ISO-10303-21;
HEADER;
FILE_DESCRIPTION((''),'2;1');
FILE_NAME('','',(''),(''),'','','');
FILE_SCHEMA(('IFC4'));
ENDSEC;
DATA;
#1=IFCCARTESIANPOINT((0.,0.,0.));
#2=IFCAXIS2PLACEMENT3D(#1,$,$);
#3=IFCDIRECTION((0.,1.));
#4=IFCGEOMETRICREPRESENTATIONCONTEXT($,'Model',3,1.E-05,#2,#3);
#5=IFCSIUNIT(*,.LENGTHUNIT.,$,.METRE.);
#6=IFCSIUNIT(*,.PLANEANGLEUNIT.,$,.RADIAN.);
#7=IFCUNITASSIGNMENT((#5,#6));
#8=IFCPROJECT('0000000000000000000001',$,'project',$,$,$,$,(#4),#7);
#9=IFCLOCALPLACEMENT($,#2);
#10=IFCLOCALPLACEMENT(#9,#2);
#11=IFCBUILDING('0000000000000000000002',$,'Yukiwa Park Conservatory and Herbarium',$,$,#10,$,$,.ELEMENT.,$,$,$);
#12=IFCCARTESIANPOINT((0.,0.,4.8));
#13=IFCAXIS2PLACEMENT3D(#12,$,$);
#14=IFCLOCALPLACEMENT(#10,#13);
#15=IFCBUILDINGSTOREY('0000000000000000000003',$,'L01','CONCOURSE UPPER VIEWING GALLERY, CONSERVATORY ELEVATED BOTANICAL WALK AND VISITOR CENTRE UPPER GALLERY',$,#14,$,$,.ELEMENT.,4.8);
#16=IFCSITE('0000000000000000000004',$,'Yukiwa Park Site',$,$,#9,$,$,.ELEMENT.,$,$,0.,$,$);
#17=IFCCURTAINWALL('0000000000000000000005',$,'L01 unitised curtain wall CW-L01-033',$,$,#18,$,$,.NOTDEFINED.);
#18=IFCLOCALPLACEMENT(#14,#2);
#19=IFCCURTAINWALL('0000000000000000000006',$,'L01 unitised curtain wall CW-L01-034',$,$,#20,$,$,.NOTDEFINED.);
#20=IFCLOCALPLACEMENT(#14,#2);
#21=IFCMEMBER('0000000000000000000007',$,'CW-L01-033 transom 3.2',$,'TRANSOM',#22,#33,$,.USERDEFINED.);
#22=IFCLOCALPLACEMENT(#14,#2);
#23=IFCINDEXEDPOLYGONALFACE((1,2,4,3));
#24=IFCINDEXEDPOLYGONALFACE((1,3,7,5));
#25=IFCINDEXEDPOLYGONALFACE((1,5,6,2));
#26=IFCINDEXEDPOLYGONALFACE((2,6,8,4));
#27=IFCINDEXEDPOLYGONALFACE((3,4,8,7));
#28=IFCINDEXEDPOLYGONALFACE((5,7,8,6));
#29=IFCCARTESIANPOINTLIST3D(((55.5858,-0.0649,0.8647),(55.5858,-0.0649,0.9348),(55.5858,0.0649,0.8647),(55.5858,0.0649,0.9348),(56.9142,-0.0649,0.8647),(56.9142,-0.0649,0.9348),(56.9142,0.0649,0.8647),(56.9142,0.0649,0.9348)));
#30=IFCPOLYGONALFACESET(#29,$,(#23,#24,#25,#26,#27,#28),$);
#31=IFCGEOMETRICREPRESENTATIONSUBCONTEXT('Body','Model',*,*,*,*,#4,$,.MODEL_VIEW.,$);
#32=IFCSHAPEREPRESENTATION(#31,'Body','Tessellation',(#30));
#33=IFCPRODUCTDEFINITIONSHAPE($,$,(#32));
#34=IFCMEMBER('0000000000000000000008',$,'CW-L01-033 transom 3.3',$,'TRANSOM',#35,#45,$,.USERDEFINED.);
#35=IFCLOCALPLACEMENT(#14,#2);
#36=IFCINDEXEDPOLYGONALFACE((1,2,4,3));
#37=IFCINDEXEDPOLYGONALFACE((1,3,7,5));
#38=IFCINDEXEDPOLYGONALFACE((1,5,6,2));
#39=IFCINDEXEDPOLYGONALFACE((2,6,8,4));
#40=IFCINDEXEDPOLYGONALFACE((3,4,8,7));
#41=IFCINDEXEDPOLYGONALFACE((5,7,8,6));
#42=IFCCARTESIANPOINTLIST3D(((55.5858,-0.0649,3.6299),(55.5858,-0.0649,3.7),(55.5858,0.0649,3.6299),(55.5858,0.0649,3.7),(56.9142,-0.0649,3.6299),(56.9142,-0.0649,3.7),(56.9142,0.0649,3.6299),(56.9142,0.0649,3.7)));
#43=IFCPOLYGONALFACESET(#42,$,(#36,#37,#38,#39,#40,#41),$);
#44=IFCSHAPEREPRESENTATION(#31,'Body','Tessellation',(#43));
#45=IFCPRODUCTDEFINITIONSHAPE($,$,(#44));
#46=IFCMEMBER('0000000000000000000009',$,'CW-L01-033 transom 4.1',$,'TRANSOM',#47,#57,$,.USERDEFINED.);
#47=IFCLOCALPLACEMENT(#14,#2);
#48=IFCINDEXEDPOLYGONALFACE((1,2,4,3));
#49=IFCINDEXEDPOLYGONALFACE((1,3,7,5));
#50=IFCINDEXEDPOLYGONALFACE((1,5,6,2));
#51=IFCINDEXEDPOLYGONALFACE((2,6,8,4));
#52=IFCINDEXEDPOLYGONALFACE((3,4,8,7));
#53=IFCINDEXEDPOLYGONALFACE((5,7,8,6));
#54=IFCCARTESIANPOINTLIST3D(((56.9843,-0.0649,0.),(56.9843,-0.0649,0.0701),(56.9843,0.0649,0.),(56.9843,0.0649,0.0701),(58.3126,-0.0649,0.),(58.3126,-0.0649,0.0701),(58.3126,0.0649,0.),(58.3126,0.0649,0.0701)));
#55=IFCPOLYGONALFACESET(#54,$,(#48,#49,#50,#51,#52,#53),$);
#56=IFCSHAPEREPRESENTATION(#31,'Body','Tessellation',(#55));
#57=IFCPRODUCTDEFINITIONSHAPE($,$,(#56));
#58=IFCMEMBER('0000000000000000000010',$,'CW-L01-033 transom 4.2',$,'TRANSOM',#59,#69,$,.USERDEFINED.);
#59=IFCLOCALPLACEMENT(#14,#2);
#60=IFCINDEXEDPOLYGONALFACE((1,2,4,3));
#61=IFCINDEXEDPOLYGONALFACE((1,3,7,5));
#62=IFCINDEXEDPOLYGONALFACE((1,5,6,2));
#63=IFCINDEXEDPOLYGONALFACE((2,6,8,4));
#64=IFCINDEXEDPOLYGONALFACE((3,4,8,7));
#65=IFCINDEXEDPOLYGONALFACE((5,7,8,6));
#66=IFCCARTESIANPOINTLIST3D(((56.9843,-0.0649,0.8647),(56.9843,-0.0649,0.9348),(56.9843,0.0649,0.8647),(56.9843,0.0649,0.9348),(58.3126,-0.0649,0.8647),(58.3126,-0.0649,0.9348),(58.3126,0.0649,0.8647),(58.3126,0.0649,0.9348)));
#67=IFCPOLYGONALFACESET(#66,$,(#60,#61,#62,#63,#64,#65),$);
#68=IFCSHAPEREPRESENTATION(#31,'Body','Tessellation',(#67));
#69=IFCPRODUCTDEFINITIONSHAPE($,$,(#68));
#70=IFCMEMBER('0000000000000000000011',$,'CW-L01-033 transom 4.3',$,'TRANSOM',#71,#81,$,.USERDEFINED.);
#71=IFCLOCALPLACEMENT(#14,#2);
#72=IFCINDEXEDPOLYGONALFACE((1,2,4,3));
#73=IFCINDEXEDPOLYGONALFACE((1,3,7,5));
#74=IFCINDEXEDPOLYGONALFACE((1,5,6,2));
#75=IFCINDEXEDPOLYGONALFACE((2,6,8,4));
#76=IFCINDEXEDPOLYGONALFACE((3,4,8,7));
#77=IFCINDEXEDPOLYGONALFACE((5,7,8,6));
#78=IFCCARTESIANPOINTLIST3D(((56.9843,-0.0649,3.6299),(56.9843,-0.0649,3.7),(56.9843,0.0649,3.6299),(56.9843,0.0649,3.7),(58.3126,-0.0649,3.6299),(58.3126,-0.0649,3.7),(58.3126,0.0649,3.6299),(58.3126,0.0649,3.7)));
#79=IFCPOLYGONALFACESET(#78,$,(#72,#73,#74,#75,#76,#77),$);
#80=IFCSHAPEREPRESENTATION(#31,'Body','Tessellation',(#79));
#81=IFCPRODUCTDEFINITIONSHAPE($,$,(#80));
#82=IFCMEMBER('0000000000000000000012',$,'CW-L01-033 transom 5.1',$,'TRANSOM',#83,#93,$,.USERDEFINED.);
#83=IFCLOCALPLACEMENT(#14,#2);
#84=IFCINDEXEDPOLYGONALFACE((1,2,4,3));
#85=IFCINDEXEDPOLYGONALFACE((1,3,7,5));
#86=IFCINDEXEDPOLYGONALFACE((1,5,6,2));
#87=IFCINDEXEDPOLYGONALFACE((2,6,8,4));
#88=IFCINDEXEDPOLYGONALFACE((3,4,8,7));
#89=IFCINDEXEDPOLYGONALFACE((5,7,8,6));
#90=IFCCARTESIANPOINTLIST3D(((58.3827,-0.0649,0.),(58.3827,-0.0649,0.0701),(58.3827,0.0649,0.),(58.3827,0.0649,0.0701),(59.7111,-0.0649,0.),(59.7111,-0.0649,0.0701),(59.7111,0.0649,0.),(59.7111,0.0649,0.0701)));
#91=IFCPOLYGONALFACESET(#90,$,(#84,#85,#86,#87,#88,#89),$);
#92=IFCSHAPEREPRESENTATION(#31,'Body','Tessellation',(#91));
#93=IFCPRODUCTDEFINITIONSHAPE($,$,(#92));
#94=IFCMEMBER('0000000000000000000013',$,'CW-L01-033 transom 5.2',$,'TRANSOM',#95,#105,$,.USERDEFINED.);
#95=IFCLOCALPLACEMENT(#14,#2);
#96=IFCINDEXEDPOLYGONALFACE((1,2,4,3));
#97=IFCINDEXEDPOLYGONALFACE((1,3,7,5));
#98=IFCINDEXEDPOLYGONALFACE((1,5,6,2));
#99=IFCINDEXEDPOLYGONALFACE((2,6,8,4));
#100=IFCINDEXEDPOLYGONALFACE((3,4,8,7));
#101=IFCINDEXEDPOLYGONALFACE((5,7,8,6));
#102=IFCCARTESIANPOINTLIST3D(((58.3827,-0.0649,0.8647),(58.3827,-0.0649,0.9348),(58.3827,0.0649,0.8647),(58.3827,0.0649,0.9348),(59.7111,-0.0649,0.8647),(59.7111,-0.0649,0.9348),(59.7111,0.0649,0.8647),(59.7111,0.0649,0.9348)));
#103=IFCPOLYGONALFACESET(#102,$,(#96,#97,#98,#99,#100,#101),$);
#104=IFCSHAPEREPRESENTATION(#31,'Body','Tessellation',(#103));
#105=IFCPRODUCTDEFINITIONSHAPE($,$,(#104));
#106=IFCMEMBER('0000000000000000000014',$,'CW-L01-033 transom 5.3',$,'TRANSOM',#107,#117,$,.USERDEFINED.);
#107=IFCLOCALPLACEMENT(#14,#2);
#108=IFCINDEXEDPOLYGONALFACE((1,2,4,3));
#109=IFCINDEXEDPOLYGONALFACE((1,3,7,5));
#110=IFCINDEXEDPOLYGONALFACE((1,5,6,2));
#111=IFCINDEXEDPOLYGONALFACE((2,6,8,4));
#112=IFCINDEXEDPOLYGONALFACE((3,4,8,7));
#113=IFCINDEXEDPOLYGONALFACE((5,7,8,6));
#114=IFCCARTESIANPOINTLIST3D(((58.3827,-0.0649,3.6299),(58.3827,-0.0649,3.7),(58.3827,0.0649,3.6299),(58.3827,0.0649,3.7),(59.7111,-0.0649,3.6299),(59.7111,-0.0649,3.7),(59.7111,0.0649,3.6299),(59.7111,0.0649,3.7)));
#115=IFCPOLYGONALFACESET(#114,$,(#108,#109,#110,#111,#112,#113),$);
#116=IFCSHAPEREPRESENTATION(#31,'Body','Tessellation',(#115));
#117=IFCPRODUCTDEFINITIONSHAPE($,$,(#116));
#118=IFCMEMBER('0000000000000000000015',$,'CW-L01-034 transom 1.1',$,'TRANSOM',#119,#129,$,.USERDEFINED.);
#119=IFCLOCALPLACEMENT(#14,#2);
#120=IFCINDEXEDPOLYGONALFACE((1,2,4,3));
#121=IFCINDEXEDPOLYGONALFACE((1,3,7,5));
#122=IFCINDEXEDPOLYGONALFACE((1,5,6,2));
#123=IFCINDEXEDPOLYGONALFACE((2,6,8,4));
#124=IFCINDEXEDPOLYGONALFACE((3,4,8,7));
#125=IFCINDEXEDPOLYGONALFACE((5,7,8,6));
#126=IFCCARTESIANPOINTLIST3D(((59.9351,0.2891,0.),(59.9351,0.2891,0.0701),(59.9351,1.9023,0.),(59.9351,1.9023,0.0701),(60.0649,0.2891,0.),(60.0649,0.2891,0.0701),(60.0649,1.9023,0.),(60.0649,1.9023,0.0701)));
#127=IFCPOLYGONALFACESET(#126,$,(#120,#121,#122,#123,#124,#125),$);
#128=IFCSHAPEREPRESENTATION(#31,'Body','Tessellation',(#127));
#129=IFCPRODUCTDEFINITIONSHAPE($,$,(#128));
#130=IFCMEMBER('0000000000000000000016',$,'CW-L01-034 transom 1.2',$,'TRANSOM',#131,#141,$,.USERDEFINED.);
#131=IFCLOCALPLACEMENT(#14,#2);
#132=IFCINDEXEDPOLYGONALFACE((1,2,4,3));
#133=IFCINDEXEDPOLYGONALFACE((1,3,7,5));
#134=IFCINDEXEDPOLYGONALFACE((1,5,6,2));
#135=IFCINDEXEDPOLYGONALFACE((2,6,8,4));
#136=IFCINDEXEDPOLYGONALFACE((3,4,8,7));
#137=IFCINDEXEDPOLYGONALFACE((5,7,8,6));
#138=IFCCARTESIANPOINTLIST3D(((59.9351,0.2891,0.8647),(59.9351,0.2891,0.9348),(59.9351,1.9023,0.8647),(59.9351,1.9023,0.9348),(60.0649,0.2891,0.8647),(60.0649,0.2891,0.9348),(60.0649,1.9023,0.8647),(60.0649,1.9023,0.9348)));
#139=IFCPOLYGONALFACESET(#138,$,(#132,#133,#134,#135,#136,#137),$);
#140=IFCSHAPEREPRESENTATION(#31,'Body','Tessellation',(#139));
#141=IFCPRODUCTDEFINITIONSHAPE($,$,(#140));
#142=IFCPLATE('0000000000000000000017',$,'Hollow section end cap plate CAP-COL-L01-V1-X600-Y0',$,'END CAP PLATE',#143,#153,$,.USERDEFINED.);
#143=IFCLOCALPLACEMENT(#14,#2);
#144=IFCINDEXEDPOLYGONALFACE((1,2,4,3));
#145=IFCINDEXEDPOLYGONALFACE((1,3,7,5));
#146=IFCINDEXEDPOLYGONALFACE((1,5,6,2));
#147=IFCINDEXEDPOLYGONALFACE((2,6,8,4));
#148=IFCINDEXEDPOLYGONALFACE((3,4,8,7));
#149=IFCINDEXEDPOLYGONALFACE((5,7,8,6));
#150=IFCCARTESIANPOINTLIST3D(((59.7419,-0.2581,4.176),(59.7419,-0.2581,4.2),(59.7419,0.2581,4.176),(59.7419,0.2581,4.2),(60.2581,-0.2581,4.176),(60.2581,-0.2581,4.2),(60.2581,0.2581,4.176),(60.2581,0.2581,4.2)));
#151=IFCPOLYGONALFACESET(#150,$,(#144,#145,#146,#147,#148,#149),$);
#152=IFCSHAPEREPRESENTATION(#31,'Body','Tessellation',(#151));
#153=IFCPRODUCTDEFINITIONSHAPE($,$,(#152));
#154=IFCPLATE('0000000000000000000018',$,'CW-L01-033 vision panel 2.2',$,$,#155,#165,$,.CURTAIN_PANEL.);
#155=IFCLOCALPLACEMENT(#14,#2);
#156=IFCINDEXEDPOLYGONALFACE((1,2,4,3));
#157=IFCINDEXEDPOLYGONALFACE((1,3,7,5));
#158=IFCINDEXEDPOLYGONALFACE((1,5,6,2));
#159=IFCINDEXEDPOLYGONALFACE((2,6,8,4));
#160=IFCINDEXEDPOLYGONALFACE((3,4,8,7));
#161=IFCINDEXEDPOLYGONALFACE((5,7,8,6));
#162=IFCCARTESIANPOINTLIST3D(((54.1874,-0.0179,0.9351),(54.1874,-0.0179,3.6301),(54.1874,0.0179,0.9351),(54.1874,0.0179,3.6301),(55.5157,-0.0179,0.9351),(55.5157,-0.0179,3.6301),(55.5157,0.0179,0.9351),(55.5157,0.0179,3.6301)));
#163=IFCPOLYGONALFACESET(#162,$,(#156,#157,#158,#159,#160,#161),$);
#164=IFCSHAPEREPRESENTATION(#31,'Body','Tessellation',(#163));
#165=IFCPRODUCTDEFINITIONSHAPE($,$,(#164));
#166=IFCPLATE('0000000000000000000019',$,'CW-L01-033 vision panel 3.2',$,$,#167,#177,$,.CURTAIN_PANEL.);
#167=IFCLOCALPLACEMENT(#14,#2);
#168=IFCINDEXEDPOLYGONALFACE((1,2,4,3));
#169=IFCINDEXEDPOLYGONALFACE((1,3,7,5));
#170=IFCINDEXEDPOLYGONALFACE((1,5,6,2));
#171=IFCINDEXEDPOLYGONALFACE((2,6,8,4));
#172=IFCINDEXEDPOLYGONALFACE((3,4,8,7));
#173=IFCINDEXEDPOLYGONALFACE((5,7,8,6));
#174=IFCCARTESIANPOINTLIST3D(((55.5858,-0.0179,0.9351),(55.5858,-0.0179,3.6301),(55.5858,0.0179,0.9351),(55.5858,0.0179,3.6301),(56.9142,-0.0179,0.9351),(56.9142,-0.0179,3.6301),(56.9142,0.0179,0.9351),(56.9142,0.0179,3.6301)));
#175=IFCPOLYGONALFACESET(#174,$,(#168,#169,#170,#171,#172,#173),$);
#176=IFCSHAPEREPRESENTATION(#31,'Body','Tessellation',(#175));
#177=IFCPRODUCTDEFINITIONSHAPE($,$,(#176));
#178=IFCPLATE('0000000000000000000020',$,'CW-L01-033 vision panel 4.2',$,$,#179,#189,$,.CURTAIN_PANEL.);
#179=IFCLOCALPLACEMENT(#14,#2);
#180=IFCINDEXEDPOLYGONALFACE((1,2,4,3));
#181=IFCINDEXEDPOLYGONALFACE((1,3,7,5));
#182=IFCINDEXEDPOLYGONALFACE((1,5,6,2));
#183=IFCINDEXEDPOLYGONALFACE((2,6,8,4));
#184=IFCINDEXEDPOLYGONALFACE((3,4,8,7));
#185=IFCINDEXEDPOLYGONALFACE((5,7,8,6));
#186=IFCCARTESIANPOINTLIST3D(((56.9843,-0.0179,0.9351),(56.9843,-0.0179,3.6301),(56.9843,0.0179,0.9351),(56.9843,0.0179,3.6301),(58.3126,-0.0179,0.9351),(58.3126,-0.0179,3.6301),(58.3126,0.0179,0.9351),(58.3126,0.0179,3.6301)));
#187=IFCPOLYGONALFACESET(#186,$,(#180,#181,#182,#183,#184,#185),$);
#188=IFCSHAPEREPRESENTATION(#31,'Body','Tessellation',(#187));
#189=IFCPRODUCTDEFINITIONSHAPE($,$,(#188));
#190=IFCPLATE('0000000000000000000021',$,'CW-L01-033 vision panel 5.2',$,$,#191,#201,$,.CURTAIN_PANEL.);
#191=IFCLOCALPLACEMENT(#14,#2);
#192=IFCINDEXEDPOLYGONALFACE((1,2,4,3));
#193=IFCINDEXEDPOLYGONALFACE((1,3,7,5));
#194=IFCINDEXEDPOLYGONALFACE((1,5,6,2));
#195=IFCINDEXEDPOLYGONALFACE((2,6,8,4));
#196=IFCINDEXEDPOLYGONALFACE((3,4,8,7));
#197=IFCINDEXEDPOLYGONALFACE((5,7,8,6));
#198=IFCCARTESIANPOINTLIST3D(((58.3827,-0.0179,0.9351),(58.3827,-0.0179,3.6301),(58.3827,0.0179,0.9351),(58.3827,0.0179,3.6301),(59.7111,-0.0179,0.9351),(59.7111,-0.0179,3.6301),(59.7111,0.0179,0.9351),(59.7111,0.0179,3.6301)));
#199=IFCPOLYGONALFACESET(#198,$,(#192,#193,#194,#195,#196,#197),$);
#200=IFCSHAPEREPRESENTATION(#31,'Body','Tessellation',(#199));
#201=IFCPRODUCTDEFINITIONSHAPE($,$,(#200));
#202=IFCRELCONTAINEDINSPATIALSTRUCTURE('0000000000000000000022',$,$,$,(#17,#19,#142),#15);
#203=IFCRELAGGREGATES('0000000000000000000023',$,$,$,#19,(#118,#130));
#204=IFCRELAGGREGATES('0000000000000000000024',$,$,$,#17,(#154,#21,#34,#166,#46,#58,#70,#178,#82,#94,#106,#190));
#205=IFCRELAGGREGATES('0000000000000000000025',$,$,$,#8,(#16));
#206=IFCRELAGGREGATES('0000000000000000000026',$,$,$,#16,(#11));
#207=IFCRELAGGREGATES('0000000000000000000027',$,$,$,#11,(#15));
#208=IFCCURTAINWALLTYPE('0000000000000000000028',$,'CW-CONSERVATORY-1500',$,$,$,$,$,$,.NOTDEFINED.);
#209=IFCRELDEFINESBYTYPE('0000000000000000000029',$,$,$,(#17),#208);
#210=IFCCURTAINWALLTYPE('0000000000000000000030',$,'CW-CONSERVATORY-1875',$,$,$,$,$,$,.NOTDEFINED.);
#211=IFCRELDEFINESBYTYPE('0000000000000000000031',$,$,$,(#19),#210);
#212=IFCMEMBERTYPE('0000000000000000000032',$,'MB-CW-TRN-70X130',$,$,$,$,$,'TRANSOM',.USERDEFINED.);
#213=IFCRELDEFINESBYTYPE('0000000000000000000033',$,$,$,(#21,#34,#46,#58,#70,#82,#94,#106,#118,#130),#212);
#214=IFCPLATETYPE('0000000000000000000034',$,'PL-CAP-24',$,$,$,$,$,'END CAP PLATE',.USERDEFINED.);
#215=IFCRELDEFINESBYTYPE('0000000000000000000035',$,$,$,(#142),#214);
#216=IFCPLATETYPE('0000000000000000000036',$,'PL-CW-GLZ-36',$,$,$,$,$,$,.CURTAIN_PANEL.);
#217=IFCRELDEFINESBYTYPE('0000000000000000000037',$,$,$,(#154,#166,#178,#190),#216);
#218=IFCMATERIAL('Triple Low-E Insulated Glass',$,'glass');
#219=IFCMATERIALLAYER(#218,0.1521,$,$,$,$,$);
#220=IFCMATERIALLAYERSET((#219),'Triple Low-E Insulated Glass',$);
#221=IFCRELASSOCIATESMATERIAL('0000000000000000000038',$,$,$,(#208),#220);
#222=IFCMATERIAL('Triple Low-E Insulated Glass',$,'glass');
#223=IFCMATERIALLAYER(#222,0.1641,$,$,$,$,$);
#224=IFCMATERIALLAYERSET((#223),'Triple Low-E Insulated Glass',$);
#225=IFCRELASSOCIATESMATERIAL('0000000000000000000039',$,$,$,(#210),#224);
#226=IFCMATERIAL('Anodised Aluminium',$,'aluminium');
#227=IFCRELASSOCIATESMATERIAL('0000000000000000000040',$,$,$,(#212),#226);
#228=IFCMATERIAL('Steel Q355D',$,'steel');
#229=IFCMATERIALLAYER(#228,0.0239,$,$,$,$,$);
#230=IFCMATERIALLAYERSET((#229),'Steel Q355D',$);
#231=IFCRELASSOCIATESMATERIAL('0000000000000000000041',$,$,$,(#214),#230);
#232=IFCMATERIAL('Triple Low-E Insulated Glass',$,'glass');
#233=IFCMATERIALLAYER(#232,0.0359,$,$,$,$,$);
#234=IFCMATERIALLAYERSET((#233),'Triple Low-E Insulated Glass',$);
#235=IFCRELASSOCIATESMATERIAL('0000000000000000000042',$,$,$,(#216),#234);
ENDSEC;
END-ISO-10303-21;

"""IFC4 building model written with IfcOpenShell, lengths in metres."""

from ifc_helpers import new_model, si_unit, direction, frame, origin, origin_2d, place, context, subcontext, project, spatial, rectangle, extrude, material, layer, layer_set, type_object, element, aggregate, save


model = new_model("IFC4")

# Units and contexts
model_context = context("Model", 3, precision=1e-05, world=origin(), true_north=direction((0.0, 1.0)))
body_context = subcontext(model_context, "Body", "Model", "MODEL_VIEW")
ifc_project = project(units=[si_unit("LENGTHUNIT", "METRE"), si_unit("PLANEANGLEUNIT", "RADIAN")], contexts=[model_context])

# Site, building, storey
site_placement = place(None, origin())
site = spatial("IfcSite", under=ifc_project, at=site_placement, Name="Yukiwa Park Site", CompositionType="ELEMENT", RefElevation=0.0)
building_placement = place(site_placement, origin())
building = spatial("IfcBuilding", under=site, at=building_placement, Name="Yukiwa Park Conservatory and Herbarium", CompositionType="ELEMENT")
storey_placement = place(building_placement, frame((0.0, 0.0, 4.8)))
storey = spatial("IfcBuildingStorey", under=building, at=storey_placement, Name="L01", Description="CONCOURSE UPPER VIEWING GALLERY, CONSERVATORY ELEVATED BOTANICAL WALK AND VISITOR CENTRE UPPER GALLERY", CompositionType="ELEMENT", Elevation=4.8)

# Curtain wall
ifc_material_1 = material(Name="Triple Low-E Insulated Glass", Category="glass")
ifc_layer_1 = layer(ifc_material_1, 0.1521)
ifc_layer_set_1 = layer_set([ifc_layer_1], Name="Triple Low-E Insulated Glass")
curtain_wall_type_1 = type_object("IfcCurtainWallType", Name="CW-CONSERVATORY-1500", PredefinedType="NOTDEFINED", material=ifc_layer_set_1)
curtain_wall_1_placement = place(storey_placement, origin())
curtain_wall_1 = element("IfcCurtainWall", 1, at=curtain_wall_1_placement, inside=storey, type_object=curtain_wall_type_1, Name="L01 unitised curtain wall CW-L01-033", PredefinedType="NOTDEFINED")

# Curtain wall
ifc_material_2 = material(Name="Triple Low-E Insulated Glass", Category="glass")
ifc_layer_2 = layer(ifc_material_2, 0.1641)
ifc_layer_set_2 = layer_set([ifc_layer_2], Name="Triple Low-E Insulated Glass")
curtain_wall_type_2 = type_object("IfcCurtainWallType", Name="CW-CONSERVATORY-1875", PredefinedType="NOTDEFINED", material=ifc_layer_set_2)
curtain_wall_2_placement = place(storey_placement, origin())
curtain_wall_2 = element("IfcCurtainWall", 2, at=curtain_wall_2_placement, inside=storey, type_object=curtain_wall_type_2, Name="L01 unitised curtain wall CW-L01-034", PredefinedType="NOTDEFINED")

# Members
ifc_material_3 = material(Name="Anodised Aluminium", Category="aluminium")
member_type_1 = type_object("IfcMemberType", Name="MB-CW-TRN-70X130", ElementType="TRANSOM", PredefinedType="USERDEFINED", material=ifc_material_3)
member_1_placement = place(storey_placement, frame((56.25, 0.0, 0.8647), z_axis=(0.0, 0.0, 1.0), x_axis=(1.0, 0.0, 0.0)))
member_1 = element("IfcMember", 3, at=member_1_placement, type_object=member_type_1, Name="CW-L01-033 transom 3.2", ObjectType="TRANSOM", PredefinedType="USERDEFINED", context=body_context, shape_type="SweptSolid", body=[
    extrude(rectangle(XDim=1.3284, YDim=0.1299, at=origin_2d()), origin(), (0.0, 0.0, 1.0), 0.0701),
])
member_2_placement = place(storey_placement, frame((56.25, 0.0, 3.6299), z_axis=(0.0, 0.0, 1.0), x_axis=(1.0, 0.0, 0.0)))
member_2 = element("IfcMember", 4, at=member_2_placement, type_object=member_type_1, Name="CW-L01-033 transom 3.3", ObjectType="TRANSOM", PredefinedType="USERDEFINED", context=body_context, shape_type="SweptSolid", body=[
    extrude(rectangle(XDim=1.3284, YDim=0.1299, at=origin_2d()), origin(), (0.0, 0.0, 1.0), 0.0701),
])
member_3_placement = place(storey_placement, frame((57.6484, 0.0, 0.0), z_axis=(0.0, 0.0, 1.0), x_axis=(1.0, 0.0, 0.0)))
member_3 = element("IfcMember", 5, at=member_3_placement, type_object=member_type_1, Name="CW-L01-033 transom 4.1", ObjectType="TRANSOM", PredefinedType="USERDEFINED", context=body_context, shape_type="SweptSolid", body=[
    extrude(rectangle(XDim=1.3284, YDim=0.1299, at=origin_2d()), origin(), (0.0, 0.0, 1.0), 0.0701),
])
member_4_placement = place(storey_placement, frame((57.6484, 0.0, 0.8647), z_axis=(0.0, 0.0, 1.0), x_axis=(1.0, 0.0, 0.0)))
member_4 = element("IfcMember", 6, at=member_4_placement, type_object=member_type_1, Name="CW-L01-033 transom 4.2", ObjectType="TRANSOM", PredefinedType="USERDEFINED", context=body_context, shape_type="SweptSolid", body=[
    extrude(rectangle(XDim=1.3284, YDim=0.1299, at=origin_2d()), origin(), (0.0, 0.0, 1.0), 0.0701),
])
member_5_placement = place(storey_placement, frame((57.6484, 0.0, 3.6299), z_axis=(0.0, 0.0, 1.0), x_axis=(1.0, 0.0, 0.0)))
member_5 = element("IfcMember", 7, at=member_5_placement, type_object=member_type_1, Name="CW-L01-033 transom 4.3", ObjectType="TRANSOM", PredefinedType="USERDEFINED", context=body_context, shape_type="SweptSolid", body=[
    extrude(rectangle(XDim=1.3284, YDim=0.1299, at=origin_2d()), origin(), (0.0, 0.0, 1.0), 0.0701),
])
member_6_placement = place(storey_placement, frame((59.0469, 0.0, 0.0), z_axis=(0.0, 0.0, 1.0), x_axis=(1.0, 0.0, 0.0)))
member_6 = element("IfcMember", 8, at=member_6_placement, type_object=member_type_1, Name="CW-L01-033 transom 5.1", ObjectType="TRANSOM", PredefinedType="USERDEFINED", context=body_context, shape_type="SweptSolid", body=[
    extrude(rectangle(XDim=1.3284, YDim=0.1299, at=origin_2d()), origin(), (0.0, 0.0, 1.0), 0.0701),
])
member_7_placement = place(storey_placement, frame((59.0469, 0.0, 0.8647), z_axis=(0.0, 0.0, 1.0), x_axis=(1.0, 0.0, 0.0)))
member_7 = element("IfcMember", 9, at=member_7_placement, type_object=member_type_1, Name="CW-L01-033 transom 5.2", ObjectType="TRANSOM", PredefinedType="USERDEFINED", context=body_context, shape_type="SweptSolid", body=[
    extrude(rectangle(XDim=1.3284, YDim=0.1299, at=origin_2d()), origin(), (0.0, 0.0, 1.0), 0.0701),
])
member_8_placement = place(storey_placement, frame((59.0469, 0.0, 3.6299), z_axis=(0.0, 0.0, 1.0), x_axis=(1.0, 0.0, 0.0)))
member_8 = element("IfcMember", 10, at=member_8_placement, type_object=member_type_1, Name="CW-L01-033 transom 5.3", ObjectType="TRANSOM", PredefinedType="USERDEFINED", context=body_context, shape_type="SweptSolid", body=[
    extrude(rectangle(XDim=1.3284, YDim=0.1299, at=origin_2d()), origin(), (0.0, 0.0, 1.0), 0.0701),
])
member_9_placement = place(storey_placement, frame((60.0, 1.0957, 0.0), z_axis=(0.0, 0.0, 1.0), x_axis=(0.0, 1.0, 0.0)))
member_9 = element("IfcMember", 11, at=member_9_placement, type_object=member_type_1, Name="CW-L01-034 transom 1.1", ObjectType="TRANSOM", PredefinedType="USERDEFINED", context=body_context, shape_type="SweptSolid", body=[
    extrude(rectangle(XDim=1.6133, YDim=0.1299, at=origin_2d()), origin(), (0.0, 0.0, 1.0), 0.0701),
])
member_10_placement = place(storey_placement, frame((60.0, 1.0957, 0.8647), z_axis=(0.0, 0.0, 1.0), x_axis=(0.0, 1.0, 0.0)))
member_10 = element("IfcMember", 12, at=member_10_placement, type_object=member_type_1, Name="CW-L01-034 transom 1.2", ObjectType="TRANSOM", PredefinedType="USERDEFINED", context=body_context, shape_type="SweptSolid", body=[
    extrude(rectangle(XDim=1.6133, YDim=0.1299, at=origin_2d()), origin(), (0.0, 0.0, 1.0), 0.0701),
])
aggregate(curtain_wall_2, [member_9, member_10])

# Plates
ifc_material_4 = material(Name="Steel Q355D", Category="steel")
ifc_layer_3 = layer(ifc_material_4, 0.0239)
ifc_layer_set_3 = layer_set([ifc_layer_3], Name="Steel Q355D")
plate_type_1 = type_object("IfcPlateType", Name="PL-CAP-24", ElementType="END CAP PLATE", PredefinedType="USERDEFINED", material=ifc_layer_set_3)
plate_1_placement = place(storey_placement, frame((60.0, 0.0, 4.176), z_axis=(0.0, 0.0, 1.0), x_axis=(1.0, 0.0, 0.0)))
element("IfcPlate", 13, at=plate_1_placement, inside=storey, type_object=plate_type_1, Name="Hollow section end cap plate CAP-COL-L01-V1-X600-Y0", ObjectType="END CAP PLATE", PredefinedType="USERDEFINED", context=body_context, shape_type="SweptSolid", body=[
    extrude(rectangle(XDim=0.5161, YDim=0.5161, at=origin_2d()), origin(), (0.0, 0.0, 1.0), 0.0239),
])
ifc_material_5 = material(Name="Triple Low-E Insulated Glass", Category="glass")
ifc_layer_4 = layer(ifc_material_5, 0.0359)
ifc_layer_set_4 = layer_set([ifc_layer_4], Name="Triple Low-E Insulated Glass")
plate_type_2 = type_object("IfcPlateType", Name="PL-CW-GLZ-36", PredefinedType="CURTAIN_PANEL", material=ifc_layer_set_4)
plate_2_placement = place(storey_placement, frame((54.8516, 0.0, 0.9351), z_axis=(0.0, 0.0, 1.0), x_axis=(1.0, 0.0, 0.0)))
plate_2 = element("IfcPlate", 14, at=plate_2_placement, type_object=plate_type_2, Name="CW-L01-033 vision panel 2.2", PredefinedType="CURTAIN_PANEL", context=body_context, shape_type="SweptSolid", body=[
    extrude(rectangle(XDim=1.3284, YDim=0.0359, at=origin_2d()), origin(), (0.0, 0.0, 1.0), 2.6951),
])
plate_3_placement = place(storey_placement, frame((56.25, 0.0, 0.9351), z_axis=(0.0, 0.0, 1.0), x_axis=(1.0, 0.0, 0.0)))
plate_3 = element("IfcPlate", 15, at=plate_3_placement, type_object=plate_type_2, Name="CW-L01-033 vision panel 3.2", PredefinedType="CURTAIN_PANEL", context=body_context, shape_type="SweptSolid", body=[
    extrude(rectangle(XDim=1.3284, YDim=0.0359, at=origin_2d()), origin(), (0.0, 0.0, 1.0), 2.6951),
])
plate_4_placement = place(storey_placement, frame((57.6484, 0.0, 0.9351), z_axis=(0.0, 0.0, 1.0), x_axis=(1.0, 0.0, 0.0)))
plate_4 = element("IfcPlate", 16, at=plate_4_placement, type_object=plate_type_2, Name="CW-L01-033 vision panel 4.2", PredefinedType="CURTAIN_PANEL", context=body_context, shape_type="SweptSolid", body=[
    extrude(rectangle(XDim=1.3284, YDim=0.0359, at=origin_2d()), origin(), (0.0, 0.0, 1.0), 2.6951),
])
plate_5_placement = place(storey_placement, frame((59.0469, 0.0, 0.9351), z_axis=(0.0, 0.0, 1.0), x_axis=(1.0, 0.0, 0.0)))
plate_5 = element("IfcPlate", 17, at=plate_5_placement, type_object=plate_type_2, Name="CW-L01-033 vision panel 5.2", PredefinedType="CURTAIN_PANEL", context=body_context, shape_type="SweptSolid", body=[
    extrude(rectangle(XDim=1.3284, YDim=0.0359, at=origin_2d()), origin(), (0.0, 0.0, 1.0), 2.6951),
])
aggregate(curtain_wall_1, [plate_2, member_1, member_2, plate_3, member_3, member_4, member_5, plate_4, member_6, member_7, member_8, plate_5])

save(model, "model.ifc")
